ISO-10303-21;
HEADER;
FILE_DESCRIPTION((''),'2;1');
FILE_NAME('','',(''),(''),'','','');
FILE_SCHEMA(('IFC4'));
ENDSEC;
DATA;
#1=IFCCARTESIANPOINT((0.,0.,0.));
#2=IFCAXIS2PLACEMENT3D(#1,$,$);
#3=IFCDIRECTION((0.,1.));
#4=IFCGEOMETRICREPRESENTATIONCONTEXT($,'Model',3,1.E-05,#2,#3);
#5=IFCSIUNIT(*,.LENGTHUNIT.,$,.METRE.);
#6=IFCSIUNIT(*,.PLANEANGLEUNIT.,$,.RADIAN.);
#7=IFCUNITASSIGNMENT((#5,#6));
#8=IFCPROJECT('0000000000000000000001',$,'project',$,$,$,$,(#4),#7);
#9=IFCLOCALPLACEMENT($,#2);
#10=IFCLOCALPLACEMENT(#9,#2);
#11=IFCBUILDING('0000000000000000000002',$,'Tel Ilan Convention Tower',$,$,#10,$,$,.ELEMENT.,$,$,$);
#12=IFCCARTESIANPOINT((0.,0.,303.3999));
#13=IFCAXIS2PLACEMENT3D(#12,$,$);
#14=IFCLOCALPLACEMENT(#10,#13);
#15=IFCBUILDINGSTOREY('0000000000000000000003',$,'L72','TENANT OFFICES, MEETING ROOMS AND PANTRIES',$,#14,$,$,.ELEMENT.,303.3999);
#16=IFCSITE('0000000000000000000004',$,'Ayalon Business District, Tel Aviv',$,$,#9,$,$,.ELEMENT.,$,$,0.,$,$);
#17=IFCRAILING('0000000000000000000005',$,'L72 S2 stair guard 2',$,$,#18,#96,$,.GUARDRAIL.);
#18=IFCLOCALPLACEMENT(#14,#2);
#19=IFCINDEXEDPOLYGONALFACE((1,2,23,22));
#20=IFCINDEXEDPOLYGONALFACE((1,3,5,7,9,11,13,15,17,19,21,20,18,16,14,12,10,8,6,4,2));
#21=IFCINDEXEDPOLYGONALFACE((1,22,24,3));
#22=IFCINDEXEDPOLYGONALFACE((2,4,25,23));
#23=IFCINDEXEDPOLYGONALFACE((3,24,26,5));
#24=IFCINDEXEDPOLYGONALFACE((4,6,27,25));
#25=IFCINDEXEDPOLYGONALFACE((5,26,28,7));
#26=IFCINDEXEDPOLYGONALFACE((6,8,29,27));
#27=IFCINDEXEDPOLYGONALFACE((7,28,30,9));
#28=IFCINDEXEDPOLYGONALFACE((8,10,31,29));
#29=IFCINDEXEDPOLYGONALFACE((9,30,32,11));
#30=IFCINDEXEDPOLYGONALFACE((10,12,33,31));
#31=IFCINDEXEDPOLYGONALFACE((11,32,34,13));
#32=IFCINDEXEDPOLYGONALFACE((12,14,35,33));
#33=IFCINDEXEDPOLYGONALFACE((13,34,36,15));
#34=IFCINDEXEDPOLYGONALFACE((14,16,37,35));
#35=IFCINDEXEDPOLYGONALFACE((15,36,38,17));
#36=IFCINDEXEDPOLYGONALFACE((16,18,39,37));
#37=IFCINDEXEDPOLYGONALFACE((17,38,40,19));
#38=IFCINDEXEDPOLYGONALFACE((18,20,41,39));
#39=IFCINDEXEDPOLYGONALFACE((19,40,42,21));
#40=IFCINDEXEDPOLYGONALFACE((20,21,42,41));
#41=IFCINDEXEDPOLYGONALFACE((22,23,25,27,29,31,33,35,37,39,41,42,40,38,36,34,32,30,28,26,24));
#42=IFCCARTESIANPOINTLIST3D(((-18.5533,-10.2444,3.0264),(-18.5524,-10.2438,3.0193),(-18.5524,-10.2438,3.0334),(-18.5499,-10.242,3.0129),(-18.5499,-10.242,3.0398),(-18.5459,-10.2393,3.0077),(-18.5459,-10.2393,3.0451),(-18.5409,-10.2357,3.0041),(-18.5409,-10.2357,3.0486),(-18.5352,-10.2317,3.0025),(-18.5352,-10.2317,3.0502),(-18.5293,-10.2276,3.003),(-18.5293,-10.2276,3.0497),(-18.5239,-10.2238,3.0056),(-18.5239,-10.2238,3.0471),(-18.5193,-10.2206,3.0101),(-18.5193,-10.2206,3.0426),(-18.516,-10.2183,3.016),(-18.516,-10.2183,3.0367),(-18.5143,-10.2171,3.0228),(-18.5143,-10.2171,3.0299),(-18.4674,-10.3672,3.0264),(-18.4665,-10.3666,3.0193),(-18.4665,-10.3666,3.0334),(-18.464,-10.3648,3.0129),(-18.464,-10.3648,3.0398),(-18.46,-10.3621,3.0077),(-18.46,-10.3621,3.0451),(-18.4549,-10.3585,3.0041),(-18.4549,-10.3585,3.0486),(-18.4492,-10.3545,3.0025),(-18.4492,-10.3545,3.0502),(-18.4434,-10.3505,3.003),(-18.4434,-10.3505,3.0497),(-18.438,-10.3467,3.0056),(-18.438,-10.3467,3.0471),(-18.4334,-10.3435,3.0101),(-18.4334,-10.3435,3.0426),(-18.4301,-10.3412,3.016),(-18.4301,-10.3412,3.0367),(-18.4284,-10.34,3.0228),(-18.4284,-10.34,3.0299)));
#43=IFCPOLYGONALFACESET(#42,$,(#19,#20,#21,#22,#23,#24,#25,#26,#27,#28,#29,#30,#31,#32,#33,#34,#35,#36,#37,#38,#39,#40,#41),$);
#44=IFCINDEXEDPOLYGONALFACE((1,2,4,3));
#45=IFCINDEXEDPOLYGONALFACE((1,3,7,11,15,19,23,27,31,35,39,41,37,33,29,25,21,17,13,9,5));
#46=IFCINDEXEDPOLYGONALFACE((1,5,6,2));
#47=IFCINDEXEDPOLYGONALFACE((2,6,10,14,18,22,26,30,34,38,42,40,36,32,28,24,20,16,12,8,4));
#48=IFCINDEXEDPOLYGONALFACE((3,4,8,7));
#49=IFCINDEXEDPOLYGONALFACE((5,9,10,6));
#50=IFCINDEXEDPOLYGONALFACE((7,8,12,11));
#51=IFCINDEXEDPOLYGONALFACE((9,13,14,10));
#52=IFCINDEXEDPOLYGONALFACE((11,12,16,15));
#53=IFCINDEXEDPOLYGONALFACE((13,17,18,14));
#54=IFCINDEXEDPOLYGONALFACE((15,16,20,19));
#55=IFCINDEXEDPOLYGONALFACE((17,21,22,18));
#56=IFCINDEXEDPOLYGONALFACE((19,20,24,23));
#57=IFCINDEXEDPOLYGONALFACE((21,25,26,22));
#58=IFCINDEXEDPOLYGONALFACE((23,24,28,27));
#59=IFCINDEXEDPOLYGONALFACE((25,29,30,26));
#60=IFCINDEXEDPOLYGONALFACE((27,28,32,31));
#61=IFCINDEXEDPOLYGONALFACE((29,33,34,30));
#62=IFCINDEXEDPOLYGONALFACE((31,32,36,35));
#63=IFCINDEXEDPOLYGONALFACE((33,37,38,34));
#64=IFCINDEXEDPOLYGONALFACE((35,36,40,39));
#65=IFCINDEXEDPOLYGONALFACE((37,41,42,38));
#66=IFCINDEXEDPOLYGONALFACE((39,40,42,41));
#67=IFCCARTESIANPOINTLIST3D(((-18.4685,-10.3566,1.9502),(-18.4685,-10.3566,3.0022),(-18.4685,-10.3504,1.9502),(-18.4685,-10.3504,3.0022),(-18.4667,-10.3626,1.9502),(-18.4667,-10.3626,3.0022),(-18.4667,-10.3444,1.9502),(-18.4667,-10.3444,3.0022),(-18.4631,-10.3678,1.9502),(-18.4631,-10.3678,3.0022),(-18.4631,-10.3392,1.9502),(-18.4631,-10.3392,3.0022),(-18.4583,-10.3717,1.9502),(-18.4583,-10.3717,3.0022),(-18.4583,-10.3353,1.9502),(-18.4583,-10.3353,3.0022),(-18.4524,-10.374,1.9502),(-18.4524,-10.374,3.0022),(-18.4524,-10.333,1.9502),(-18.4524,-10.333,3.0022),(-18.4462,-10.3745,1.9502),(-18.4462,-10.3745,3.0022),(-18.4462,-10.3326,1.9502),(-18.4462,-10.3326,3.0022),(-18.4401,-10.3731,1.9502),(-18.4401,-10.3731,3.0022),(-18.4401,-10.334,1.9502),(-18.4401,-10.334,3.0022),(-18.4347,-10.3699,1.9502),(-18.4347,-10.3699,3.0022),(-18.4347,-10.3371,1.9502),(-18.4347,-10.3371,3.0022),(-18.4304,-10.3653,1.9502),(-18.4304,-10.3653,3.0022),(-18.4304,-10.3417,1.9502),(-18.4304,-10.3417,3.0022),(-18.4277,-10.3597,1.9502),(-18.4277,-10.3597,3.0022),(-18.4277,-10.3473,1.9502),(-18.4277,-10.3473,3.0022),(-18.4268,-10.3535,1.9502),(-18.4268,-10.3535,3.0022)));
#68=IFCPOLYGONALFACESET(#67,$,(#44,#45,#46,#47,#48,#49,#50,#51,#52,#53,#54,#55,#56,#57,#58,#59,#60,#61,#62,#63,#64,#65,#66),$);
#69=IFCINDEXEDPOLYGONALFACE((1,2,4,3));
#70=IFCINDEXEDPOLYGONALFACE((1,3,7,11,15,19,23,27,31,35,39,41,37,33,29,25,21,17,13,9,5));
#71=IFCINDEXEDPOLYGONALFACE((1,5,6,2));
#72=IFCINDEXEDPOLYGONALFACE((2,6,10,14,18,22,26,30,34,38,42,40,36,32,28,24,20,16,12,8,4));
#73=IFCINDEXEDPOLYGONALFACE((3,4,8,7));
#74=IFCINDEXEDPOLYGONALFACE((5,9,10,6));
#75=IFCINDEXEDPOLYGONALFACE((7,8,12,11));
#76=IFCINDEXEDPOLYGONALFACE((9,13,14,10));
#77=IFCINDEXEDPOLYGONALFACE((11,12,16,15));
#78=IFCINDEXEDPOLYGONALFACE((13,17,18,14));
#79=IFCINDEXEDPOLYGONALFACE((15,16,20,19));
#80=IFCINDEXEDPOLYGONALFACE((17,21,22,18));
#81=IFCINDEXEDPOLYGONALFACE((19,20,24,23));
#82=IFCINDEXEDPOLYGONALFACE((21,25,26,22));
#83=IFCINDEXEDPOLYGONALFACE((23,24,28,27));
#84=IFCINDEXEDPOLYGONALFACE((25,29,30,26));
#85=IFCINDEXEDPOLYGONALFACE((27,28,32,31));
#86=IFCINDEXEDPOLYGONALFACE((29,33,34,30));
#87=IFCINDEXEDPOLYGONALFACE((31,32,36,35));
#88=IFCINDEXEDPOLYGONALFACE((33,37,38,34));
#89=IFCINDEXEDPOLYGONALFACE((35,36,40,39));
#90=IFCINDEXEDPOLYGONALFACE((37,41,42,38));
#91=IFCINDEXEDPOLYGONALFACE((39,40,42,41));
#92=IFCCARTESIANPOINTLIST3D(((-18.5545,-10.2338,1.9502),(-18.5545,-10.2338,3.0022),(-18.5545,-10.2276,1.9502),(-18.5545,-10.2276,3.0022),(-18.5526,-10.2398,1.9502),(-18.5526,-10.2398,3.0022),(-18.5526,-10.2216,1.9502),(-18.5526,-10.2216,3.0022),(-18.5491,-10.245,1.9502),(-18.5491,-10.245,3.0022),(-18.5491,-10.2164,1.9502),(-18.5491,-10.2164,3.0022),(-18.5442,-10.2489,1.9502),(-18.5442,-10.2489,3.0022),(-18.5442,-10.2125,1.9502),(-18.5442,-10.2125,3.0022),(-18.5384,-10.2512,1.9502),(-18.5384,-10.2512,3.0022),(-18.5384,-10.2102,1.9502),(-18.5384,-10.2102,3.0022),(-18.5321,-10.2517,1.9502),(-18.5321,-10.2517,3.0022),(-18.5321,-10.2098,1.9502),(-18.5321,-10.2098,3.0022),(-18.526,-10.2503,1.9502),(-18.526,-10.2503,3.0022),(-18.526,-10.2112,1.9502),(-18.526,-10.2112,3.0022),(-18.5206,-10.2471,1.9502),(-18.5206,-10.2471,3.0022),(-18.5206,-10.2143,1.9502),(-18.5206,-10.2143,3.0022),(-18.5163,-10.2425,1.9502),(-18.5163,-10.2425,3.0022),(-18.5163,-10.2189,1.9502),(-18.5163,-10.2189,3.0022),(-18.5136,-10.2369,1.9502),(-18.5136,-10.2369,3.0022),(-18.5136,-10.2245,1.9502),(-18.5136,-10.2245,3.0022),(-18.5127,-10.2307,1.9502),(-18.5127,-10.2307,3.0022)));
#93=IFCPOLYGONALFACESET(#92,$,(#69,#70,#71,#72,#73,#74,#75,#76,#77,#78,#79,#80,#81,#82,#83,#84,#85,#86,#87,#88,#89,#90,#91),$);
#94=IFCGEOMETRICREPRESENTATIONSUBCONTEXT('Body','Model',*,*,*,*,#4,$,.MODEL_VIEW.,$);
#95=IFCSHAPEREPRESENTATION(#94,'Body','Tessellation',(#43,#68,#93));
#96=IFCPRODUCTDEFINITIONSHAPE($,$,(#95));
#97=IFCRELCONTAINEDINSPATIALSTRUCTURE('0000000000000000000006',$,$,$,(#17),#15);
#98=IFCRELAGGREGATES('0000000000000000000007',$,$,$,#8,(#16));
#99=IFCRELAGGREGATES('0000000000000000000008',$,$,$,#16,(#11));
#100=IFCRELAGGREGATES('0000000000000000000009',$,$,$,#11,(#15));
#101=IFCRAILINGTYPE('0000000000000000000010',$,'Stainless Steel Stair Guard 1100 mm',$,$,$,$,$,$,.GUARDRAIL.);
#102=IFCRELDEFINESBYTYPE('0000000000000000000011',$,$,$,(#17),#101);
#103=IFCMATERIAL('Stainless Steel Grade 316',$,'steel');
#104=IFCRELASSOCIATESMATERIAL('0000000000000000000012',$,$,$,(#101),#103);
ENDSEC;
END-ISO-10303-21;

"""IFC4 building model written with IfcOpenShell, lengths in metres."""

from ifc_helpers import new_model, si_unit, direction, frame, origin, origin_2d, place, context, subcontext, project, spatial, circle, extrude, material, type_object, element, save


model = new_model("IFC4")

# Units and contexts
model_context = context("Model", 3, precision=1e-05, world=origin(), true_north=direction((0.0, 1.0)))
body_context = subcontext(model_context, "Body", "Model", "MODEL_VIEW")
ifc_project = project(units=[si_unit("LENGTHUNIT", "METRE"), si_unit("PLANEANGLEUNIT", "RADIAN")], contexts=[model_context])

# Site, building, storey
site_placement = place(None, origin())
site = spatial("IfcSite", under=ifc_project, at=site_placement, Name="Ayalon Business District, Tel Aviv", CompositionType="ELEMENT", RefElevation=0.0)
building_placement = place(site_placement, origin())
building = spatial("IfcBuilding", under=site, at=building_placement, Name="Tel Ilan Convention Tower", CompositionType="ELEMENT")
storey_placement = place(building_placement, frame((0.0, 0.0, 303.3999)))
storey = spatial("IfcBuildingStorey", under=building, at=storey_placement, Name="L72", Description="TENANT OFFICES, MEETING ROOMS AND PANTRIES", CompositionType="ELEMENT", Elevation=303.3999)

# Railing
ifc_material_1 = material(Name="Stainless Steel Grade 316", Category="steel")
railing_type_1 = type_object("IfcRailingType", Name="Stainless Steel Stair Guard 1100 mm", PredefinedType="GUARDRAIL", material=ifc_material_1)
railing_1_placement = place(storey_placement, frame((-18.4478, -10.3535, 1.9502)))
element("IfcRailing", 1, at=railing_1_placement, inside=storey, type_object=railing_type_1, Name="L72 S2 stair guard 2", PredefinedType="GUARDRAIL", context=body_context, shape_type="SweptSolid", body=[
    extrude(circle(Radius=0.0239, at=origin_2d()), frame((0.0, 0.0, 1.0762), z_axis=(-0.573353, 0.819308, 0.0), x_axis=(-0.819308, -0.573353, 0.0)), (0.0, 0.0, 1.0), 0.1499),
    extrude(circle(Radius=0.021, at=origin_2d()), origin(), (0.0, 0.0, 1.0), 1.052),
    extrude(circle(Radius=0.021, at=origin_2d()), frame((-0.0859, 0.1228, 0.0)), (0.0, 0.0, 1.0), 1.052),
])

save(model, "model.ifc")
